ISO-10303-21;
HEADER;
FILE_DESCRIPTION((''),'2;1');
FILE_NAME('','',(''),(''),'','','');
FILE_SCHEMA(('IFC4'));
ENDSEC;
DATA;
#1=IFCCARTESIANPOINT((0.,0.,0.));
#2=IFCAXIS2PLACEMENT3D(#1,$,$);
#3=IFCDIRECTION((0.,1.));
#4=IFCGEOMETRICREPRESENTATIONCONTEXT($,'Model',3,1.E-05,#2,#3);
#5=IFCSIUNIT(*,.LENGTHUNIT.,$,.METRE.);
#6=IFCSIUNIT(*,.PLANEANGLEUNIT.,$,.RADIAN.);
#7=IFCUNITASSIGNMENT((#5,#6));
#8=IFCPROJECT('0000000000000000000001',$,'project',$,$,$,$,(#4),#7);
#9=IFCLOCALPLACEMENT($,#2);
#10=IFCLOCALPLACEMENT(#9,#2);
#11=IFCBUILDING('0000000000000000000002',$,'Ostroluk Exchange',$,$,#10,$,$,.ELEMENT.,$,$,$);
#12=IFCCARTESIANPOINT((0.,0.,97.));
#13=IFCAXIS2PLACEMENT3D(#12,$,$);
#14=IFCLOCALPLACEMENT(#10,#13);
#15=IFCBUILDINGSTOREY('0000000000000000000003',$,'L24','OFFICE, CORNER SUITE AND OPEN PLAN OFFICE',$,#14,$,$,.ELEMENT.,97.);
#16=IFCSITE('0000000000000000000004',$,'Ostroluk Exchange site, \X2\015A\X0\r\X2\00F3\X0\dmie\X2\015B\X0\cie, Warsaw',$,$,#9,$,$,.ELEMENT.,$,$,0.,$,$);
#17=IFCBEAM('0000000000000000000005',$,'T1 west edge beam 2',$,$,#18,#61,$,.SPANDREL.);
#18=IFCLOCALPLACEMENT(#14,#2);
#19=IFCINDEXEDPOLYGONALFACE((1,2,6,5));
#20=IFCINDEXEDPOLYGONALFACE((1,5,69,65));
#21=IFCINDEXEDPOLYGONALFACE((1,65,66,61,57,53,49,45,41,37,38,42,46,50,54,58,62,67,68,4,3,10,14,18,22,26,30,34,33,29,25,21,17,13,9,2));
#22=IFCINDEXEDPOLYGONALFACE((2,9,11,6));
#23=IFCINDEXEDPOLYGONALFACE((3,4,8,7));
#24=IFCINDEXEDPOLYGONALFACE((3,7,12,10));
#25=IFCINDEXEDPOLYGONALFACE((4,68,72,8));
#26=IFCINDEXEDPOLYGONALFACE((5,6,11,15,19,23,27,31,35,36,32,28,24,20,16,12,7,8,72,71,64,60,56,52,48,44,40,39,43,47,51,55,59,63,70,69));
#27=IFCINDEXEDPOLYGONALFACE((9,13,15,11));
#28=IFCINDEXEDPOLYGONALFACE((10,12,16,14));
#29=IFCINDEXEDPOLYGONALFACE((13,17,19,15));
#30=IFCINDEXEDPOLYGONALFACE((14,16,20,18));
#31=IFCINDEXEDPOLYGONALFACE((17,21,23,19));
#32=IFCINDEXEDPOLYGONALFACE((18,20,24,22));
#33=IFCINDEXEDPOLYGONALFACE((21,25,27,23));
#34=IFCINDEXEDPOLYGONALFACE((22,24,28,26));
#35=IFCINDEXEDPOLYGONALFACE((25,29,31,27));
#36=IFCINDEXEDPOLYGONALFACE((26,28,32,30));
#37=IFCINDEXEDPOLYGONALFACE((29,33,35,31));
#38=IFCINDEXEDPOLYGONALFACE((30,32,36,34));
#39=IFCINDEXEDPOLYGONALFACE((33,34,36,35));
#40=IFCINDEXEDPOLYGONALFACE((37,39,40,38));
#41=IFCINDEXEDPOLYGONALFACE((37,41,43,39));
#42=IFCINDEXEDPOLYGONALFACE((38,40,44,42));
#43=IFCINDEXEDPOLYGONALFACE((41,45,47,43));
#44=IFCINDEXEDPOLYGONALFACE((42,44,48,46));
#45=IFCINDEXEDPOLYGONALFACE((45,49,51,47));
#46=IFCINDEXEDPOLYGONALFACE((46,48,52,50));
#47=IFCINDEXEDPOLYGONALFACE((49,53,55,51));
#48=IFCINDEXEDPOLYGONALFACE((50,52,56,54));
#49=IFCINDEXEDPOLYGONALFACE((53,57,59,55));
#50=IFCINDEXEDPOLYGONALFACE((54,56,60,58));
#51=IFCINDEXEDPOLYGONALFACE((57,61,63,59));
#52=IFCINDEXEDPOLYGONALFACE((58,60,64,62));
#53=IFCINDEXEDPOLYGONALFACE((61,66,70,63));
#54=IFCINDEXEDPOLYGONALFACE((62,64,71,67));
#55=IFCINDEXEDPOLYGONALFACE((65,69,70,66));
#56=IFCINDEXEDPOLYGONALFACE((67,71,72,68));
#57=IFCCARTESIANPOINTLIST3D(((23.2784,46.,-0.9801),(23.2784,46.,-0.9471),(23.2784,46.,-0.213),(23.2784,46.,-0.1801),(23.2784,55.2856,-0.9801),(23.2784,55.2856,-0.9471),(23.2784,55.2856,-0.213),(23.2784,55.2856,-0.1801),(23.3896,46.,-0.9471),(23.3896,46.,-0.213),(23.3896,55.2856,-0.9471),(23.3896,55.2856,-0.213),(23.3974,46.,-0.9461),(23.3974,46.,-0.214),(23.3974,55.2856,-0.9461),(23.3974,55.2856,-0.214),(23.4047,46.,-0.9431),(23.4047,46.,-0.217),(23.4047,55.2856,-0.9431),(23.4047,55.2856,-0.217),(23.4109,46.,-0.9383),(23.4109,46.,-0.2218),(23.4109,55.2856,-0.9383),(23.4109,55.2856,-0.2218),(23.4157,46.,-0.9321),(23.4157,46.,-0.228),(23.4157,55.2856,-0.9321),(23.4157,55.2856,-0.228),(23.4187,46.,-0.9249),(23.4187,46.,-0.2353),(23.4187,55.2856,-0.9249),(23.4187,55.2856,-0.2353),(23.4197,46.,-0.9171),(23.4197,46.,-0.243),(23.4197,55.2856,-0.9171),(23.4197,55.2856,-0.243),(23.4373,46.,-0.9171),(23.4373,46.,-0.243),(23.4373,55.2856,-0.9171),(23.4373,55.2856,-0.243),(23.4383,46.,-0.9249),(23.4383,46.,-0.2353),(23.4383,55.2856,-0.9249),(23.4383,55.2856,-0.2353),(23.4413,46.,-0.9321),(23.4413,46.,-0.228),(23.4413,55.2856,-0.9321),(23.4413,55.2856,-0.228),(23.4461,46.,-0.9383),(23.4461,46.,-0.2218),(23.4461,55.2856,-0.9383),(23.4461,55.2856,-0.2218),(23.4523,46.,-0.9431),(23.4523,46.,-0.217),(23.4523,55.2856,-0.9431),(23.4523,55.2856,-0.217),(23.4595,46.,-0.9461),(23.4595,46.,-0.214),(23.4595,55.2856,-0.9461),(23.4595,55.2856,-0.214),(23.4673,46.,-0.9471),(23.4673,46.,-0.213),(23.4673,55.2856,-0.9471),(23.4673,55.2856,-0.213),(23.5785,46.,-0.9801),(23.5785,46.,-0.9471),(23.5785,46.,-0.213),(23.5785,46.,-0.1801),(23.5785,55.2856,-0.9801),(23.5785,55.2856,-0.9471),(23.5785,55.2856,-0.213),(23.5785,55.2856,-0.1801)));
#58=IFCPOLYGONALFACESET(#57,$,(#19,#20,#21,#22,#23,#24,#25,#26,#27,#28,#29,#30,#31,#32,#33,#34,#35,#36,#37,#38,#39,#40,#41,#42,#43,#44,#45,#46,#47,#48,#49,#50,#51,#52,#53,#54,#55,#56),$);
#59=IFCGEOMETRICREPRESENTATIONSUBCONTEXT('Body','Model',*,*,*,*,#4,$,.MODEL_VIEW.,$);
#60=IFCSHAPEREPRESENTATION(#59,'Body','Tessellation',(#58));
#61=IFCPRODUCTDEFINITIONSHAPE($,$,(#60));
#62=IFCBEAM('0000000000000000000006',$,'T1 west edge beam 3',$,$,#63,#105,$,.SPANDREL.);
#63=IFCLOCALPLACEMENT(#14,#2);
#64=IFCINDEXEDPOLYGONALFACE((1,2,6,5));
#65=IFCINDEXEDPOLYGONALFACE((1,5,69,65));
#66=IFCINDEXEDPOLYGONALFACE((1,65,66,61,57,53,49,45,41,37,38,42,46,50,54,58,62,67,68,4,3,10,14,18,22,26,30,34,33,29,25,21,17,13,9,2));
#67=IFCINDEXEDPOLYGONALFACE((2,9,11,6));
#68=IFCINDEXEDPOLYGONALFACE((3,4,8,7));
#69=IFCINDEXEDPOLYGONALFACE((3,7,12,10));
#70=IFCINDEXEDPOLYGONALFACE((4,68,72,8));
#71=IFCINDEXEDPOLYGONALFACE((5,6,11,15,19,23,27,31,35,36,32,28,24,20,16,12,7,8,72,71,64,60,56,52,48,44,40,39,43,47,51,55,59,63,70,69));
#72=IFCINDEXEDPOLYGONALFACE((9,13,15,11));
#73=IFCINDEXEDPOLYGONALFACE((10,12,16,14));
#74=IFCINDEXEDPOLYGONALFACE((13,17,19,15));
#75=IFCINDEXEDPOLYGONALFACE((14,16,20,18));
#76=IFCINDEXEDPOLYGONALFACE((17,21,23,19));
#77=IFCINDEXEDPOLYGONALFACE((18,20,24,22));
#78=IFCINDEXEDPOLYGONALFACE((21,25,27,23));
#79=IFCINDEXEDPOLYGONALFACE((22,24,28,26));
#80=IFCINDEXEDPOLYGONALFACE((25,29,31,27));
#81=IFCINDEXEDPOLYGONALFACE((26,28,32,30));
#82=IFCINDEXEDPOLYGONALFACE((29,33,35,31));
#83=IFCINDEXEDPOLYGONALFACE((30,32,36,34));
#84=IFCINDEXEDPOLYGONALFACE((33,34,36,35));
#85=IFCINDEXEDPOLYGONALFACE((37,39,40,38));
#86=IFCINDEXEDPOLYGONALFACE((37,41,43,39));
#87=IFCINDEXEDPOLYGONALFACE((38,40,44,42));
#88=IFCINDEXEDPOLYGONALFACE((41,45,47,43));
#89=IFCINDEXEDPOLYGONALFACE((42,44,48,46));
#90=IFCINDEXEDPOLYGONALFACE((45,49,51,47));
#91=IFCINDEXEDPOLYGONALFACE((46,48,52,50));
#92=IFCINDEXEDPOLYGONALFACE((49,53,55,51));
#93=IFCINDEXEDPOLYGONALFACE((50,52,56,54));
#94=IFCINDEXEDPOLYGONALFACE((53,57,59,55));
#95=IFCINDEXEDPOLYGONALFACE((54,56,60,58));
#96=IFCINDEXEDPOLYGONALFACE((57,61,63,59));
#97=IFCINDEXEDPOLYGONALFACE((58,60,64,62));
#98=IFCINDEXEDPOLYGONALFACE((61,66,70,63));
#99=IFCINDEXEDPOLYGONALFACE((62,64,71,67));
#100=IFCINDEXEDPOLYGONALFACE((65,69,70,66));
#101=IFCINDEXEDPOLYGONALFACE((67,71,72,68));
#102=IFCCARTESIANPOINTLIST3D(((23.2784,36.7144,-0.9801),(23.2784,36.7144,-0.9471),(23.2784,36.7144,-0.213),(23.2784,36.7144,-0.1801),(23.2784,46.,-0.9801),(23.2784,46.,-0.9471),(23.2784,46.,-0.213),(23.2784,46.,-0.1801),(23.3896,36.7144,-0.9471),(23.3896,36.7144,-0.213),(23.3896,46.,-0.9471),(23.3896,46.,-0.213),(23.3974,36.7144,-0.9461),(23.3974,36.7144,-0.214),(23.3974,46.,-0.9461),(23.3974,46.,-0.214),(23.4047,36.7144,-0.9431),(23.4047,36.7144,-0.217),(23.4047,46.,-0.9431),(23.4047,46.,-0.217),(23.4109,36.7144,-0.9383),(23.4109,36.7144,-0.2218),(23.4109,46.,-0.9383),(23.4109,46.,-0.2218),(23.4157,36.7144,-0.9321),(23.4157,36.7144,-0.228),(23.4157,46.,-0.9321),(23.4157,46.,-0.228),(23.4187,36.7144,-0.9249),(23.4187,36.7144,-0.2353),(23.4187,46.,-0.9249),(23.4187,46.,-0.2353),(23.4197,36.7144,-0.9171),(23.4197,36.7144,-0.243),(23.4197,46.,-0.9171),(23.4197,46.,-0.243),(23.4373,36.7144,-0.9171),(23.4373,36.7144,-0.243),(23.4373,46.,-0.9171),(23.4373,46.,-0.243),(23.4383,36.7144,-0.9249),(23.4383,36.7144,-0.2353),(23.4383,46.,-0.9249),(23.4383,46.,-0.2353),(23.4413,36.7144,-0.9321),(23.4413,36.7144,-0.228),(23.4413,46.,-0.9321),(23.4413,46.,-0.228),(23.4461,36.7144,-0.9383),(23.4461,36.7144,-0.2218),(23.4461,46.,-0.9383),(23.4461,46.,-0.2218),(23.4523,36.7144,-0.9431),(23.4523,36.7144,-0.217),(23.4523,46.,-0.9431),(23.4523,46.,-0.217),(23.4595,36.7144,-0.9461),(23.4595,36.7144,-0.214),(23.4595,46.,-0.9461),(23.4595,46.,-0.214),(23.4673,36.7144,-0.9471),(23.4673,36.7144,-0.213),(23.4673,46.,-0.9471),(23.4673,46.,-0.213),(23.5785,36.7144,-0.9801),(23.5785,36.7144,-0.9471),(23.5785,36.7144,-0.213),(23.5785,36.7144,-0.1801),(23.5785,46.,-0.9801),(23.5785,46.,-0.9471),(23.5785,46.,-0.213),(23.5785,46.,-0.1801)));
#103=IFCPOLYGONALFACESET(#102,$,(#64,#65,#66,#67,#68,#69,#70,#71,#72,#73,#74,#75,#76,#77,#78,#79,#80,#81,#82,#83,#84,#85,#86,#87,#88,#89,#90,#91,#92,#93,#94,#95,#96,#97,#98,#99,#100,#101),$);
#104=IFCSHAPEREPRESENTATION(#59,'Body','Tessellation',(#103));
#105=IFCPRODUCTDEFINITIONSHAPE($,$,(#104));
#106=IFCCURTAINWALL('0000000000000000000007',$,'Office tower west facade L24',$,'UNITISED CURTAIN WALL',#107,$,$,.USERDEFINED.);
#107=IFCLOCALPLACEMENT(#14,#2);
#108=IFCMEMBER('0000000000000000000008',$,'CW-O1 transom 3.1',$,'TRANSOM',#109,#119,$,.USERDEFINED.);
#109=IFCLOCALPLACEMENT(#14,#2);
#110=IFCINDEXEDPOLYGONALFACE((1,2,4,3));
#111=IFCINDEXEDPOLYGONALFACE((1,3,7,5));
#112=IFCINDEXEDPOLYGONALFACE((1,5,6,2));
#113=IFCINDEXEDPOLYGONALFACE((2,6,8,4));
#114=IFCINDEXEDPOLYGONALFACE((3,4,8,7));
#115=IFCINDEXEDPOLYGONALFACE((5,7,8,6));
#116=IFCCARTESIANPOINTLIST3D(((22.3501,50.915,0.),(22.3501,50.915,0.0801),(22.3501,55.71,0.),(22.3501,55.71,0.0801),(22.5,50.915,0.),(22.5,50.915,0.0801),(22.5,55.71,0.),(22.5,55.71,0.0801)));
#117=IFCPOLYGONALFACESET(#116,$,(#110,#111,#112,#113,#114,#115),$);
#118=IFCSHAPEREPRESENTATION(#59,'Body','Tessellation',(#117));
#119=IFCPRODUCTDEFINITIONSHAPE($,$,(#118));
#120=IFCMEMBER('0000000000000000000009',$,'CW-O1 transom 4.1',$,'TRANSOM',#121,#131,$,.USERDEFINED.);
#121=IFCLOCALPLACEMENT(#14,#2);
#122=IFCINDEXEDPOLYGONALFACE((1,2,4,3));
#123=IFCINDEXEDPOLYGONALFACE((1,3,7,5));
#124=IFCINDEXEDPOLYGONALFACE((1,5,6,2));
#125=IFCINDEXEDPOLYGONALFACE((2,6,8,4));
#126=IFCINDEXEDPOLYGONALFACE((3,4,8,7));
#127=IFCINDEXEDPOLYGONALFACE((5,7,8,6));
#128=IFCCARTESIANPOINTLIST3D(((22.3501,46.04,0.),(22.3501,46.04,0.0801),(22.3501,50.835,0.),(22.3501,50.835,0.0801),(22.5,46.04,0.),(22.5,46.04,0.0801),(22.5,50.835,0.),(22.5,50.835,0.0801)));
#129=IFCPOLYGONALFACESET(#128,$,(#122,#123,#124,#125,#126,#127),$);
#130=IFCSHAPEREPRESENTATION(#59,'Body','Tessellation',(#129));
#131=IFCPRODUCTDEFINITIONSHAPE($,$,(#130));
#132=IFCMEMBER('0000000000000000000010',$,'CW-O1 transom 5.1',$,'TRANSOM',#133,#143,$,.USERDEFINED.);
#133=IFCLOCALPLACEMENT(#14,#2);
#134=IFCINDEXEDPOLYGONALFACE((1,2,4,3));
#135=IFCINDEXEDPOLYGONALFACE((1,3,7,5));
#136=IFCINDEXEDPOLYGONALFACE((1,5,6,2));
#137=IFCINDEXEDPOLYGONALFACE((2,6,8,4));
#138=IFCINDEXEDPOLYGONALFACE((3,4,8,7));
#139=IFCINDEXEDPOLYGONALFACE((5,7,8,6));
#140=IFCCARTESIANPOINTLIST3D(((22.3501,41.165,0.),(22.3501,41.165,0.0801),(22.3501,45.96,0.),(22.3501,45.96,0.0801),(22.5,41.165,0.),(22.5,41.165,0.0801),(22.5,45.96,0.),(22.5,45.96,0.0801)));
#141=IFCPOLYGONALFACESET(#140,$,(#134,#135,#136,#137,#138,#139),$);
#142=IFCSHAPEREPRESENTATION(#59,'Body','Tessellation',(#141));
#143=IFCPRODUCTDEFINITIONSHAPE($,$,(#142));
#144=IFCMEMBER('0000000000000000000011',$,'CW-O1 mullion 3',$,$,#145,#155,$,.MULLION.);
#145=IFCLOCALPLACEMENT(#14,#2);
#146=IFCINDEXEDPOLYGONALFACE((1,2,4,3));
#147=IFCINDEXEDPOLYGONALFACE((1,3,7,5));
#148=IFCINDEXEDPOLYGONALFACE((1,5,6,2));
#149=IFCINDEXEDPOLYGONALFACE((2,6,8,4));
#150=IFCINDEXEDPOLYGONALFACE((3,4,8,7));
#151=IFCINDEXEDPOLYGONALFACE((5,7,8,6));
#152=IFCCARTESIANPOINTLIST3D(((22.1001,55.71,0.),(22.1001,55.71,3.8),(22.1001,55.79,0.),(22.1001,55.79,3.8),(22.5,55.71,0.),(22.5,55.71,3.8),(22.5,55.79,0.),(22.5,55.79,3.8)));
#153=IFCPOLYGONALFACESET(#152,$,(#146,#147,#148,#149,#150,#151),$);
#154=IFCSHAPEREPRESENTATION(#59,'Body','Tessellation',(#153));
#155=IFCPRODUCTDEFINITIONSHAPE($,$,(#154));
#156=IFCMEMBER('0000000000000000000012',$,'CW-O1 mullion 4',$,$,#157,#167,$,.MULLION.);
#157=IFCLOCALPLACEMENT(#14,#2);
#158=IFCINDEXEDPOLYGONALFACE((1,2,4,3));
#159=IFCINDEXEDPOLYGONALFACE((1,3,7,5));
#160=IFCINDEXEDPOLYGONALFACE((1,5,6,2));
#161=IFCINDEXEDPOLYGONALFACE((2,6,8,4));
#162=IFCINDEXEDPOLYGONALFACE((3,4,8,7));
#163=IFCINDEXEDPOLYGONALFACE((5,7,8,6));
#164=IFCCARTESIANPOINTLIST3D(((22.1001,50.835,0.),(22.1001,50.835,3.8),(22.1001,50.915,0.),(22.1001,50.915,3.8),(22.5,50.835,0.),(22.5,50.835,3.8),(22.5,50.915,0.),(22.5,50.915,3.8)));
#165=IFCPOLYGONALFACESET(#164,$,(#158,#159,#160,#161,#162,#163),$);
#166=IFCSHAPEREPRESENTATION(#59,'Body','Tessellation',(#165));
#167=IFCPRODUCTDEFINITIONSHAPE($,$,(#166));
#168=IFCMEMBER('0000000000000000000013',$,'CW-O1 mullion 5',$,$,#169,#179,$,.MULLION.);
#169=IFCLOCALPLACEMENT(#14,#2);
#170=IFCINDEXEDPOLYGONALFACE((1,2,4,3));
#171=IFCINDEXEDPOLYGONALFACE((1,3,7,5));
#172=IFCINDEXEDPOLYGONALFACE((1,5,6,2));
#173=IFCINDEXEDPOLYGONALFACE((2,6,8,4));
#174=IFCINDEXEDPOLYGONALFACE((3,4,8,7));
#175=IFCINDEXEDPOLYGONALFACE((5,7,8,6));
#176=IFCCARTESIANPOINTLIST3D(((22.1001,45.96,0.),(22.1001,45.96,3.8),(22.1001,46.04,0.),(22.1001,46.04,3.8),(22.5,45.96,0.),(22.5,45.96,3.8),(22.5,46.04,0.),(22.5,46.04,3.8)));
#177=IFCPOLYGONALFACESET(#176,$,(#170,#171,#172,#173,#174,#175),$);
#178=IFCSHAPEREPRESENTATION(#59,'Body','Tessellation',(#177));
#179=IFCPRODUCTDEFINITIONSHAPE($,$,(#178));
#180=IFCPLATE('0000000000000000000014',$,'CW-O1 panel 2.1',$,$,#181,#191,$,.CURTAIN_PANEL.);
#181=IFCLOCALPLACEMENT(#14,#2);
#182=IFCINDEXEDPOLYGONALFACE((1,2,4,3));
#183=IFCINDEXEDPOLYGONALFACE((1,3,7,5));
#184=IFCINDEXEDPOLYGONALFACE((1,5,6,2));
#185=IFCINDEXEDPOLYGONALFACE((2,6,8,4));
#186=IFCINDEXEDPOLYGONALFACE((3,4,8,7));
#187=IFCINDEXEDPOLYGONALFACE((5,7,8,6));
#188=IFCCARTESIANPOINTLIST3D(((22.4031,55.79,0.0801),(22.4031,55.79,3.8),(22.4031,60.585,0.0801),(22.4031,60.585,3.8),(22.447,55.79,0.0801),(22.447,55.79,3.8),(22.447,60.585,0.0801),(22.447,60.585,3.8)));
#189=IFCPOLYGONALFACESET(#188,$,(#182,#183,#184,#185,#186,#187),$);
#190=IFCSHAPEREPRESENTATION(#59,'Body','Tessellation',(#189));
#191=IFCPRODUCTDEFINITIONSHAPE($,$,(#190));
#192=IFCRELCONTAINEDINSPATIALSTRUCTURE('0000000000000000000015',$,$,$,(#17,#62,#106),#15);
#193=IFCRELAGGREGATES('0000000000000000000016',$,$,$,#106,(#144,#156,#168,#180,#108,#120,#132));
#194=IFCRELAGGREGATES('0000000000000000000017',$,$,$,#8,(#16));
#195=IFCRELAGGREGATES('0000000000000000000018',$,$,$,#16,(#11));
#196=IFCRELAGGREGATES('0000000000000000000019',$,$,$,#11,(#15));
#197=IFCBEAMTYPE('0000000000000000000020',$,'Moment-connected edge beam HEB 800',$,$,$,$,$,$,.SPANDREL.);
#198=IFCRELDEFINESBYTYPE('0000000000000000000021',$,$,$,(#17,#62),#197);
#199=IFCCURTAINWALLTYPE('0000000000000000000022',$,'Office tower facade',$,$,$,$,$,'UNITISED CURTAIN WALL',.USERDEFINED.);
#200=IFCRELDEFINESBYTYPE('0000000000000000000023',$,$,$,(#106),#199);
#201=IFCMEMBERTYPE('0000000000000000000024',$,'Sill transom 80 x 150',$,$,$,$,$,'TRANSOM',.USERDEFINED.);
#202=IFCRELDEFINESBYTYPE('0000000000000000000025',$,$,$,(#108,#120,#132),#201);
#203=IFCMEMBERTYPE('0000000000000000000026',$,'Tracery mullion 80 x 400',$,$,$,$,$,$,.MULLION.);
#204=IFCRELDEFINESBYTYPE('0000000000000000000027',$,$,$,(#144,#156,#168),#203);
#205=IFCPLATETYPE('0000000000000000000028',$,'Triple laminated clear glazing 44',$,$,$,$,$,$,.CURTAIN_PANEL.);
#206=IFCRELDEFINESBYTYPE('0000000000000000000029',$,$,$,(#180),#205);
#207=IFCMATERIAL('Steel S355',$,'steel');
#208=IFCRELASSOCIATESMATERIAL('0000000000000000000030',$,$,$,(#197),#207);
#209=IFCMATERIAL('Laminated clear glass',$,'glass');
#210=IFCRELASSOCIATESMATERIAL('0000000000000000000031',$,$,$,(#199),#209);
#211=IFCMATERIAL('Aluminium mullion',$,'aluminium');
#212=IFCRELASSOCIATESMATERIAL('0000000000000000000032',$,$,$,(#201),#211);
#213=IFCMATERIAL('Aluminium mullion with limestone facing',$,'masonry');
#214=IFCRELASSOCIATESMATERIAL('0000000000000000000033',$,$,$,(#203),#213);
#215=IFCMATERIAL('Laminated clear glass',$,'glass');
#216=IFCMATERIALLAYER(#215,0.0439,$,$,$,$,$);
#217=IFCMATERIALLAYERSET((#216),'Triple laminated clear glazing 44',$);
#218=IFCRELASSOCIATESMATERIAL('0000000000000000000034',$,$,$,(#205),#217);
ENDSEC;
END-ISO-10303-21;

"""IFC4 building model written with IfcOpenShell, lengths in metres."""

from ifc_helpers import new_model, si_unit, direction, frame, origin, origin_2d, place, context, subcontext, project, spatial, rectangle, i_section, extrude, material, layer, layer_set, material_profile, profile_set, type_object, element, aggregate, save


model = new_model("IFC4")

# Units and contexts
model_context = context("Model", 3, precision=1e-05, world=origin(), true_north=direction((0.0, 1.0)))
body_context = subcontext(model_context, "Body", "Model", "MODEL_VIEW")
ifc_project = project(units=[si_unit("LENGTHUNIT", "METRE"), si_unit("PLANEANGLEUNIT", "RADIAN")], contexts=[model_context])

# Site, building, storey
site_placement = place(None, origin())
site = spatial("IfcSite", under=ifc_project, at=site_placement, Name="Ostroluk Exchange site, Śródmieście, Warsaw", CompositionType="ELEMENT", RefElevation=0.0)
building_placement = place(site_placement, origin())
building = spatial("IfcBuilding", under=site, at=building_placement, Name="Ostroluk Exchange", CompositionType="ELEMENT")
storey_placement = place(building_placement, frame((0.0, 0.0, 97.0)))
storey = spatial("IfcBuildingStorey", under=building, at=storey_placement, Name="L24", Description="OFFICE, CORNER SUITE AND OPEN PLAN OFFICE", CompositionType="ELEMENT", Elevation=97.0)

# Beams
ifc_material_1 = material(Name="Steel S355", Category="steel")
ifc_material_profile_1 = material_profile(ifc_material_1, i_section(OverallWidth=0.3, OverallDepth=0.8, WebThickness=0.0176, FlangeThickness=0.033, FilletRadius=0.03, at=origin_2d()), Name="HEB 800")
ifc_profile_set_1 = profile_set([ifc_material_profile_1], Name="Steel S355")
beam_type = type_object("IfcBeamType", Name="Moment-connected edge beam HEB 800", PredefinedType="SPANDREL", material=ifc_profile_set_1)
for number, where, z_axis, x_axis, name in (
    (1, (23.4285, 55.2856, -0.5801), (0.0, -1.0, 0.0), (1.0, 0.0, 0.0), "T1 west edge beam 2"),
    (2, (23.4285, 46.0, -0.5801), (0.0, -1.0, 0.0), (1.0, 0.0, 0.0), "T1 west edge beam 3"),
):
    element("IfcBeam", number, at=place(storey_placement, frame(where, z_axis=z_axis, x_axis=x_axis)), inside=storey, type_object=beam_type, Name=name, PredefinedType="SPANDREL", context=body_context, shape_type="SweptSolid", body=[
        extrude(i_section(OverallWidth=0.3, OverallDepth=0.8, WebThickness=0.0176, FlangeThickness=0.033, FilletRadius=0.03, at=origin_2d()), origin(), (0.0, 0.0, 1.0), 9.2856),
    ])

# Curtain wall, members, plate
ifc_material_2 = material(Name="Laminated clear glass", Category="glass")
curtain_wall_type = type_object("IfcCurtainWallType", Name="Office tower facade", ElementType="UNITISED CURTAIN WALL", PredefinedType="USERDEFINED", material=ifc_material_2)
curtain_wall_placement = place(storey_placement, origin())
curtain_wall = element("IfcCurtainWall", 3, at=curtain_wall_placement, inside=storey, type_object=curtain_wall_type, Name="Office tower west facade L24", ObjectType="UNITISED CURTAIN WALL", PredefinedType="USERDEFINED")
ifc_material_3 = material(Name="Aluminium mullion", Category="aluminium")
ifc_material_profile_2 = material_profile(ifc_material_3, rectangle(XDim=0.1499, YDim=0.0801, at=origin_2d()), Name="Sill transom 80 x 150")
ifc_profile_set_2 = profile_set([ifc_material_profile_2], Name="Aluminium mullion")
member_type_1 = type_object("IfcMemberType", Name="Sill transom 80 x 150", ElementType="TRANSOM", PredefinedType="USERDEFINED", material=ifc_profile_set_2)
member_1_placement = place(storey_placement, frame((22.425, 55.71, 0.04), z_axis=(0.0, -1.0, 0.0), x_axis=(1.0, 0.0, 0.0)))
member_1 = element("IfcMember", 4, at=member_1_placement, type_object=member_type_1, Name="CW-O1 transom 3.1", ObjectType="TRANSOM", PredefinedType="USERDEFINED", context=body_context, shape_type="SweptSolid", body=[
    extrude(rectangle(XDim=0.1499, YDim=0.0801, at=origin_2d()), origin(), (0.0, 0.0, 1.0), 4.7949),
])
member_2_placement = place(storey_placement, frame((22.425, 50.835, 0.04), z_axis=(0.0, -1.0, 0.0), x_axis=(1.0, 0.0, 0.0)))
member_2 = element("IfcMember", 5, at=member_2_placement, type_object=member_type_1, Name="CW-O1 transom 4.1", ObjectType="TRANSOM", PredefinedType="USERDEFINED", context=body_context, shape_type="SweptSolid", body=[
    extrude(rectangle(XDim=0.1499, YDim=0.0801, at=origin_2d()), origin(), (0.0, 0.0, 1.0), 4.7949),
])
member_3_placement = place(storey_placement, frame((22.425, 45.96, 0.04), z_axis=(0.0, -1.0, 0.0), x_axis=(1.0, 0.0, 0.0)))
member_3 = element("IfcMember", 6, at=member_3_placement, type_object=member_type_1, Name="CW-O1 transom 5.1", ObjectType="TRANSOM", PredefinedType="USERDEFINED", context=body_context, shape_type="SweptSolid", body=[
    extrude(rectangle(XDim=0.1499, YDim=0.0801, at=origin_2d()), origin(), (0.0, 0.0, 1.0), 4.7949),
])
ifc_material_4 = material(Name="Aluminium mullion with limestone facing", Category="masonry")
ifc_material_profile_3 = material_profile(ifc_material_4, rectangle(XDim=0.3999, YDim=0.0801, at=origin_2d()), Name="Tracery mullion 80 x 400")
ifc_profile_set_3 = profile_set([ifc_material_profile_3], Name="Aluminium mullion with limestone facing")
member_type_2 = type_object("IfcMemberType", Name="Tracery mullion 80 x 400", PredefinedType="MULLION", material=ifc_profile_set_3)
member_4_placement = place(storey_placement, frame((22.3, 55.75, 0.0), z_axis=(0.0, 0.0, 1.0), x_axis=(1.0, 0.0, 0.0)))
member_4 = element("IfcMember", 7, at=member_4_placement, type_object=member_type_2, Name="CW-O1 mullion 3", PredefinedType="MULLION", context=body_context, shape_type="SweptSolid", body=[
    extrude(rectangle(XDim=0.3999, YDim=0.0801, at=origin_2d()), origin(), (0.0, 0.0, 1.0), 3.8),
])
member_5_placement = place(storey_placement, frame((22.3, 50.875, 0.0), z_axis=(0.0, 0.0, 1.0), x_axis=(1.0, 0.0, 0.0)))
member_5 = element("IfcMember", 8, at=member_5_placement, type_object=member_type_2, Name="CW-O1 mullion 4", PredefinedType="MULLION", context=body_context, shape_type="SweptSolid", body=[
    extrude(rectangle(XDim=0.3999, YDim=0.0801, at=origin_2d()), origin(), (0.0, 0.0, 1.0), 3.8),
])
member_6_placement = place(storey_placement, frame((22.3, 46.0, 0.0), z_axis=(0.0, 0.0, 1.0), x_axis=(1.0, 0.0, 0.0)))
member_6 = element("IfcMember", 9, at=member_6_placement, type_object=member_type_2, Name="CW-O1 mullion 5", PredefinedType="MULLION", context=body_context, shape_type="SweptSolid", body=[
    extrude(rectangle(XDim=0.3999, YDim=0.0801, at=origin_2d()), origin(), (0.0, 0.0, 1.0), 3.8),
])
ifc_material_5 = material(Name="Laminated clear glass", Category="glass")
ifc_layer_1 = layer(ifc_material_5, 0.0439)
ifc_layer_set_1 = layer_set([ifc_layer_1], Name="Triple laminated clear glazing 44")
plate_type = type_object("IfcPlateType", Name="Triple laminated clear glazing 44", PredefinedType="CURTAIN_PANEL", material=ifc_layer_set_1)
plate_1_placement = place(storey_placement, frame((22.425, 58.1875, 0.0801), z_axis=(0.0, 0.0, 1.0), x_axis=(0.0, -1.0, 0.0)))
plate_1 = element("IfcPlate", 10, at=plate_1_placement, type_object=plate_type, Name="CW-O1 panel 2.1", PredefinedType="CURTAIN_PANEL", context=body_context, shape_type="SweptSolid", body=[
    extrude(rectangle(XDim=4.7949, YDim=0.0439, at=origin_2d()), origin(), (0.0, 0.0, 1.0), 3.72),
])
aggregate(curtain_wall, [member_4, member_5, member_6, plate_1, member_1, member_2, member_3])

save(model, "model.ifc")
